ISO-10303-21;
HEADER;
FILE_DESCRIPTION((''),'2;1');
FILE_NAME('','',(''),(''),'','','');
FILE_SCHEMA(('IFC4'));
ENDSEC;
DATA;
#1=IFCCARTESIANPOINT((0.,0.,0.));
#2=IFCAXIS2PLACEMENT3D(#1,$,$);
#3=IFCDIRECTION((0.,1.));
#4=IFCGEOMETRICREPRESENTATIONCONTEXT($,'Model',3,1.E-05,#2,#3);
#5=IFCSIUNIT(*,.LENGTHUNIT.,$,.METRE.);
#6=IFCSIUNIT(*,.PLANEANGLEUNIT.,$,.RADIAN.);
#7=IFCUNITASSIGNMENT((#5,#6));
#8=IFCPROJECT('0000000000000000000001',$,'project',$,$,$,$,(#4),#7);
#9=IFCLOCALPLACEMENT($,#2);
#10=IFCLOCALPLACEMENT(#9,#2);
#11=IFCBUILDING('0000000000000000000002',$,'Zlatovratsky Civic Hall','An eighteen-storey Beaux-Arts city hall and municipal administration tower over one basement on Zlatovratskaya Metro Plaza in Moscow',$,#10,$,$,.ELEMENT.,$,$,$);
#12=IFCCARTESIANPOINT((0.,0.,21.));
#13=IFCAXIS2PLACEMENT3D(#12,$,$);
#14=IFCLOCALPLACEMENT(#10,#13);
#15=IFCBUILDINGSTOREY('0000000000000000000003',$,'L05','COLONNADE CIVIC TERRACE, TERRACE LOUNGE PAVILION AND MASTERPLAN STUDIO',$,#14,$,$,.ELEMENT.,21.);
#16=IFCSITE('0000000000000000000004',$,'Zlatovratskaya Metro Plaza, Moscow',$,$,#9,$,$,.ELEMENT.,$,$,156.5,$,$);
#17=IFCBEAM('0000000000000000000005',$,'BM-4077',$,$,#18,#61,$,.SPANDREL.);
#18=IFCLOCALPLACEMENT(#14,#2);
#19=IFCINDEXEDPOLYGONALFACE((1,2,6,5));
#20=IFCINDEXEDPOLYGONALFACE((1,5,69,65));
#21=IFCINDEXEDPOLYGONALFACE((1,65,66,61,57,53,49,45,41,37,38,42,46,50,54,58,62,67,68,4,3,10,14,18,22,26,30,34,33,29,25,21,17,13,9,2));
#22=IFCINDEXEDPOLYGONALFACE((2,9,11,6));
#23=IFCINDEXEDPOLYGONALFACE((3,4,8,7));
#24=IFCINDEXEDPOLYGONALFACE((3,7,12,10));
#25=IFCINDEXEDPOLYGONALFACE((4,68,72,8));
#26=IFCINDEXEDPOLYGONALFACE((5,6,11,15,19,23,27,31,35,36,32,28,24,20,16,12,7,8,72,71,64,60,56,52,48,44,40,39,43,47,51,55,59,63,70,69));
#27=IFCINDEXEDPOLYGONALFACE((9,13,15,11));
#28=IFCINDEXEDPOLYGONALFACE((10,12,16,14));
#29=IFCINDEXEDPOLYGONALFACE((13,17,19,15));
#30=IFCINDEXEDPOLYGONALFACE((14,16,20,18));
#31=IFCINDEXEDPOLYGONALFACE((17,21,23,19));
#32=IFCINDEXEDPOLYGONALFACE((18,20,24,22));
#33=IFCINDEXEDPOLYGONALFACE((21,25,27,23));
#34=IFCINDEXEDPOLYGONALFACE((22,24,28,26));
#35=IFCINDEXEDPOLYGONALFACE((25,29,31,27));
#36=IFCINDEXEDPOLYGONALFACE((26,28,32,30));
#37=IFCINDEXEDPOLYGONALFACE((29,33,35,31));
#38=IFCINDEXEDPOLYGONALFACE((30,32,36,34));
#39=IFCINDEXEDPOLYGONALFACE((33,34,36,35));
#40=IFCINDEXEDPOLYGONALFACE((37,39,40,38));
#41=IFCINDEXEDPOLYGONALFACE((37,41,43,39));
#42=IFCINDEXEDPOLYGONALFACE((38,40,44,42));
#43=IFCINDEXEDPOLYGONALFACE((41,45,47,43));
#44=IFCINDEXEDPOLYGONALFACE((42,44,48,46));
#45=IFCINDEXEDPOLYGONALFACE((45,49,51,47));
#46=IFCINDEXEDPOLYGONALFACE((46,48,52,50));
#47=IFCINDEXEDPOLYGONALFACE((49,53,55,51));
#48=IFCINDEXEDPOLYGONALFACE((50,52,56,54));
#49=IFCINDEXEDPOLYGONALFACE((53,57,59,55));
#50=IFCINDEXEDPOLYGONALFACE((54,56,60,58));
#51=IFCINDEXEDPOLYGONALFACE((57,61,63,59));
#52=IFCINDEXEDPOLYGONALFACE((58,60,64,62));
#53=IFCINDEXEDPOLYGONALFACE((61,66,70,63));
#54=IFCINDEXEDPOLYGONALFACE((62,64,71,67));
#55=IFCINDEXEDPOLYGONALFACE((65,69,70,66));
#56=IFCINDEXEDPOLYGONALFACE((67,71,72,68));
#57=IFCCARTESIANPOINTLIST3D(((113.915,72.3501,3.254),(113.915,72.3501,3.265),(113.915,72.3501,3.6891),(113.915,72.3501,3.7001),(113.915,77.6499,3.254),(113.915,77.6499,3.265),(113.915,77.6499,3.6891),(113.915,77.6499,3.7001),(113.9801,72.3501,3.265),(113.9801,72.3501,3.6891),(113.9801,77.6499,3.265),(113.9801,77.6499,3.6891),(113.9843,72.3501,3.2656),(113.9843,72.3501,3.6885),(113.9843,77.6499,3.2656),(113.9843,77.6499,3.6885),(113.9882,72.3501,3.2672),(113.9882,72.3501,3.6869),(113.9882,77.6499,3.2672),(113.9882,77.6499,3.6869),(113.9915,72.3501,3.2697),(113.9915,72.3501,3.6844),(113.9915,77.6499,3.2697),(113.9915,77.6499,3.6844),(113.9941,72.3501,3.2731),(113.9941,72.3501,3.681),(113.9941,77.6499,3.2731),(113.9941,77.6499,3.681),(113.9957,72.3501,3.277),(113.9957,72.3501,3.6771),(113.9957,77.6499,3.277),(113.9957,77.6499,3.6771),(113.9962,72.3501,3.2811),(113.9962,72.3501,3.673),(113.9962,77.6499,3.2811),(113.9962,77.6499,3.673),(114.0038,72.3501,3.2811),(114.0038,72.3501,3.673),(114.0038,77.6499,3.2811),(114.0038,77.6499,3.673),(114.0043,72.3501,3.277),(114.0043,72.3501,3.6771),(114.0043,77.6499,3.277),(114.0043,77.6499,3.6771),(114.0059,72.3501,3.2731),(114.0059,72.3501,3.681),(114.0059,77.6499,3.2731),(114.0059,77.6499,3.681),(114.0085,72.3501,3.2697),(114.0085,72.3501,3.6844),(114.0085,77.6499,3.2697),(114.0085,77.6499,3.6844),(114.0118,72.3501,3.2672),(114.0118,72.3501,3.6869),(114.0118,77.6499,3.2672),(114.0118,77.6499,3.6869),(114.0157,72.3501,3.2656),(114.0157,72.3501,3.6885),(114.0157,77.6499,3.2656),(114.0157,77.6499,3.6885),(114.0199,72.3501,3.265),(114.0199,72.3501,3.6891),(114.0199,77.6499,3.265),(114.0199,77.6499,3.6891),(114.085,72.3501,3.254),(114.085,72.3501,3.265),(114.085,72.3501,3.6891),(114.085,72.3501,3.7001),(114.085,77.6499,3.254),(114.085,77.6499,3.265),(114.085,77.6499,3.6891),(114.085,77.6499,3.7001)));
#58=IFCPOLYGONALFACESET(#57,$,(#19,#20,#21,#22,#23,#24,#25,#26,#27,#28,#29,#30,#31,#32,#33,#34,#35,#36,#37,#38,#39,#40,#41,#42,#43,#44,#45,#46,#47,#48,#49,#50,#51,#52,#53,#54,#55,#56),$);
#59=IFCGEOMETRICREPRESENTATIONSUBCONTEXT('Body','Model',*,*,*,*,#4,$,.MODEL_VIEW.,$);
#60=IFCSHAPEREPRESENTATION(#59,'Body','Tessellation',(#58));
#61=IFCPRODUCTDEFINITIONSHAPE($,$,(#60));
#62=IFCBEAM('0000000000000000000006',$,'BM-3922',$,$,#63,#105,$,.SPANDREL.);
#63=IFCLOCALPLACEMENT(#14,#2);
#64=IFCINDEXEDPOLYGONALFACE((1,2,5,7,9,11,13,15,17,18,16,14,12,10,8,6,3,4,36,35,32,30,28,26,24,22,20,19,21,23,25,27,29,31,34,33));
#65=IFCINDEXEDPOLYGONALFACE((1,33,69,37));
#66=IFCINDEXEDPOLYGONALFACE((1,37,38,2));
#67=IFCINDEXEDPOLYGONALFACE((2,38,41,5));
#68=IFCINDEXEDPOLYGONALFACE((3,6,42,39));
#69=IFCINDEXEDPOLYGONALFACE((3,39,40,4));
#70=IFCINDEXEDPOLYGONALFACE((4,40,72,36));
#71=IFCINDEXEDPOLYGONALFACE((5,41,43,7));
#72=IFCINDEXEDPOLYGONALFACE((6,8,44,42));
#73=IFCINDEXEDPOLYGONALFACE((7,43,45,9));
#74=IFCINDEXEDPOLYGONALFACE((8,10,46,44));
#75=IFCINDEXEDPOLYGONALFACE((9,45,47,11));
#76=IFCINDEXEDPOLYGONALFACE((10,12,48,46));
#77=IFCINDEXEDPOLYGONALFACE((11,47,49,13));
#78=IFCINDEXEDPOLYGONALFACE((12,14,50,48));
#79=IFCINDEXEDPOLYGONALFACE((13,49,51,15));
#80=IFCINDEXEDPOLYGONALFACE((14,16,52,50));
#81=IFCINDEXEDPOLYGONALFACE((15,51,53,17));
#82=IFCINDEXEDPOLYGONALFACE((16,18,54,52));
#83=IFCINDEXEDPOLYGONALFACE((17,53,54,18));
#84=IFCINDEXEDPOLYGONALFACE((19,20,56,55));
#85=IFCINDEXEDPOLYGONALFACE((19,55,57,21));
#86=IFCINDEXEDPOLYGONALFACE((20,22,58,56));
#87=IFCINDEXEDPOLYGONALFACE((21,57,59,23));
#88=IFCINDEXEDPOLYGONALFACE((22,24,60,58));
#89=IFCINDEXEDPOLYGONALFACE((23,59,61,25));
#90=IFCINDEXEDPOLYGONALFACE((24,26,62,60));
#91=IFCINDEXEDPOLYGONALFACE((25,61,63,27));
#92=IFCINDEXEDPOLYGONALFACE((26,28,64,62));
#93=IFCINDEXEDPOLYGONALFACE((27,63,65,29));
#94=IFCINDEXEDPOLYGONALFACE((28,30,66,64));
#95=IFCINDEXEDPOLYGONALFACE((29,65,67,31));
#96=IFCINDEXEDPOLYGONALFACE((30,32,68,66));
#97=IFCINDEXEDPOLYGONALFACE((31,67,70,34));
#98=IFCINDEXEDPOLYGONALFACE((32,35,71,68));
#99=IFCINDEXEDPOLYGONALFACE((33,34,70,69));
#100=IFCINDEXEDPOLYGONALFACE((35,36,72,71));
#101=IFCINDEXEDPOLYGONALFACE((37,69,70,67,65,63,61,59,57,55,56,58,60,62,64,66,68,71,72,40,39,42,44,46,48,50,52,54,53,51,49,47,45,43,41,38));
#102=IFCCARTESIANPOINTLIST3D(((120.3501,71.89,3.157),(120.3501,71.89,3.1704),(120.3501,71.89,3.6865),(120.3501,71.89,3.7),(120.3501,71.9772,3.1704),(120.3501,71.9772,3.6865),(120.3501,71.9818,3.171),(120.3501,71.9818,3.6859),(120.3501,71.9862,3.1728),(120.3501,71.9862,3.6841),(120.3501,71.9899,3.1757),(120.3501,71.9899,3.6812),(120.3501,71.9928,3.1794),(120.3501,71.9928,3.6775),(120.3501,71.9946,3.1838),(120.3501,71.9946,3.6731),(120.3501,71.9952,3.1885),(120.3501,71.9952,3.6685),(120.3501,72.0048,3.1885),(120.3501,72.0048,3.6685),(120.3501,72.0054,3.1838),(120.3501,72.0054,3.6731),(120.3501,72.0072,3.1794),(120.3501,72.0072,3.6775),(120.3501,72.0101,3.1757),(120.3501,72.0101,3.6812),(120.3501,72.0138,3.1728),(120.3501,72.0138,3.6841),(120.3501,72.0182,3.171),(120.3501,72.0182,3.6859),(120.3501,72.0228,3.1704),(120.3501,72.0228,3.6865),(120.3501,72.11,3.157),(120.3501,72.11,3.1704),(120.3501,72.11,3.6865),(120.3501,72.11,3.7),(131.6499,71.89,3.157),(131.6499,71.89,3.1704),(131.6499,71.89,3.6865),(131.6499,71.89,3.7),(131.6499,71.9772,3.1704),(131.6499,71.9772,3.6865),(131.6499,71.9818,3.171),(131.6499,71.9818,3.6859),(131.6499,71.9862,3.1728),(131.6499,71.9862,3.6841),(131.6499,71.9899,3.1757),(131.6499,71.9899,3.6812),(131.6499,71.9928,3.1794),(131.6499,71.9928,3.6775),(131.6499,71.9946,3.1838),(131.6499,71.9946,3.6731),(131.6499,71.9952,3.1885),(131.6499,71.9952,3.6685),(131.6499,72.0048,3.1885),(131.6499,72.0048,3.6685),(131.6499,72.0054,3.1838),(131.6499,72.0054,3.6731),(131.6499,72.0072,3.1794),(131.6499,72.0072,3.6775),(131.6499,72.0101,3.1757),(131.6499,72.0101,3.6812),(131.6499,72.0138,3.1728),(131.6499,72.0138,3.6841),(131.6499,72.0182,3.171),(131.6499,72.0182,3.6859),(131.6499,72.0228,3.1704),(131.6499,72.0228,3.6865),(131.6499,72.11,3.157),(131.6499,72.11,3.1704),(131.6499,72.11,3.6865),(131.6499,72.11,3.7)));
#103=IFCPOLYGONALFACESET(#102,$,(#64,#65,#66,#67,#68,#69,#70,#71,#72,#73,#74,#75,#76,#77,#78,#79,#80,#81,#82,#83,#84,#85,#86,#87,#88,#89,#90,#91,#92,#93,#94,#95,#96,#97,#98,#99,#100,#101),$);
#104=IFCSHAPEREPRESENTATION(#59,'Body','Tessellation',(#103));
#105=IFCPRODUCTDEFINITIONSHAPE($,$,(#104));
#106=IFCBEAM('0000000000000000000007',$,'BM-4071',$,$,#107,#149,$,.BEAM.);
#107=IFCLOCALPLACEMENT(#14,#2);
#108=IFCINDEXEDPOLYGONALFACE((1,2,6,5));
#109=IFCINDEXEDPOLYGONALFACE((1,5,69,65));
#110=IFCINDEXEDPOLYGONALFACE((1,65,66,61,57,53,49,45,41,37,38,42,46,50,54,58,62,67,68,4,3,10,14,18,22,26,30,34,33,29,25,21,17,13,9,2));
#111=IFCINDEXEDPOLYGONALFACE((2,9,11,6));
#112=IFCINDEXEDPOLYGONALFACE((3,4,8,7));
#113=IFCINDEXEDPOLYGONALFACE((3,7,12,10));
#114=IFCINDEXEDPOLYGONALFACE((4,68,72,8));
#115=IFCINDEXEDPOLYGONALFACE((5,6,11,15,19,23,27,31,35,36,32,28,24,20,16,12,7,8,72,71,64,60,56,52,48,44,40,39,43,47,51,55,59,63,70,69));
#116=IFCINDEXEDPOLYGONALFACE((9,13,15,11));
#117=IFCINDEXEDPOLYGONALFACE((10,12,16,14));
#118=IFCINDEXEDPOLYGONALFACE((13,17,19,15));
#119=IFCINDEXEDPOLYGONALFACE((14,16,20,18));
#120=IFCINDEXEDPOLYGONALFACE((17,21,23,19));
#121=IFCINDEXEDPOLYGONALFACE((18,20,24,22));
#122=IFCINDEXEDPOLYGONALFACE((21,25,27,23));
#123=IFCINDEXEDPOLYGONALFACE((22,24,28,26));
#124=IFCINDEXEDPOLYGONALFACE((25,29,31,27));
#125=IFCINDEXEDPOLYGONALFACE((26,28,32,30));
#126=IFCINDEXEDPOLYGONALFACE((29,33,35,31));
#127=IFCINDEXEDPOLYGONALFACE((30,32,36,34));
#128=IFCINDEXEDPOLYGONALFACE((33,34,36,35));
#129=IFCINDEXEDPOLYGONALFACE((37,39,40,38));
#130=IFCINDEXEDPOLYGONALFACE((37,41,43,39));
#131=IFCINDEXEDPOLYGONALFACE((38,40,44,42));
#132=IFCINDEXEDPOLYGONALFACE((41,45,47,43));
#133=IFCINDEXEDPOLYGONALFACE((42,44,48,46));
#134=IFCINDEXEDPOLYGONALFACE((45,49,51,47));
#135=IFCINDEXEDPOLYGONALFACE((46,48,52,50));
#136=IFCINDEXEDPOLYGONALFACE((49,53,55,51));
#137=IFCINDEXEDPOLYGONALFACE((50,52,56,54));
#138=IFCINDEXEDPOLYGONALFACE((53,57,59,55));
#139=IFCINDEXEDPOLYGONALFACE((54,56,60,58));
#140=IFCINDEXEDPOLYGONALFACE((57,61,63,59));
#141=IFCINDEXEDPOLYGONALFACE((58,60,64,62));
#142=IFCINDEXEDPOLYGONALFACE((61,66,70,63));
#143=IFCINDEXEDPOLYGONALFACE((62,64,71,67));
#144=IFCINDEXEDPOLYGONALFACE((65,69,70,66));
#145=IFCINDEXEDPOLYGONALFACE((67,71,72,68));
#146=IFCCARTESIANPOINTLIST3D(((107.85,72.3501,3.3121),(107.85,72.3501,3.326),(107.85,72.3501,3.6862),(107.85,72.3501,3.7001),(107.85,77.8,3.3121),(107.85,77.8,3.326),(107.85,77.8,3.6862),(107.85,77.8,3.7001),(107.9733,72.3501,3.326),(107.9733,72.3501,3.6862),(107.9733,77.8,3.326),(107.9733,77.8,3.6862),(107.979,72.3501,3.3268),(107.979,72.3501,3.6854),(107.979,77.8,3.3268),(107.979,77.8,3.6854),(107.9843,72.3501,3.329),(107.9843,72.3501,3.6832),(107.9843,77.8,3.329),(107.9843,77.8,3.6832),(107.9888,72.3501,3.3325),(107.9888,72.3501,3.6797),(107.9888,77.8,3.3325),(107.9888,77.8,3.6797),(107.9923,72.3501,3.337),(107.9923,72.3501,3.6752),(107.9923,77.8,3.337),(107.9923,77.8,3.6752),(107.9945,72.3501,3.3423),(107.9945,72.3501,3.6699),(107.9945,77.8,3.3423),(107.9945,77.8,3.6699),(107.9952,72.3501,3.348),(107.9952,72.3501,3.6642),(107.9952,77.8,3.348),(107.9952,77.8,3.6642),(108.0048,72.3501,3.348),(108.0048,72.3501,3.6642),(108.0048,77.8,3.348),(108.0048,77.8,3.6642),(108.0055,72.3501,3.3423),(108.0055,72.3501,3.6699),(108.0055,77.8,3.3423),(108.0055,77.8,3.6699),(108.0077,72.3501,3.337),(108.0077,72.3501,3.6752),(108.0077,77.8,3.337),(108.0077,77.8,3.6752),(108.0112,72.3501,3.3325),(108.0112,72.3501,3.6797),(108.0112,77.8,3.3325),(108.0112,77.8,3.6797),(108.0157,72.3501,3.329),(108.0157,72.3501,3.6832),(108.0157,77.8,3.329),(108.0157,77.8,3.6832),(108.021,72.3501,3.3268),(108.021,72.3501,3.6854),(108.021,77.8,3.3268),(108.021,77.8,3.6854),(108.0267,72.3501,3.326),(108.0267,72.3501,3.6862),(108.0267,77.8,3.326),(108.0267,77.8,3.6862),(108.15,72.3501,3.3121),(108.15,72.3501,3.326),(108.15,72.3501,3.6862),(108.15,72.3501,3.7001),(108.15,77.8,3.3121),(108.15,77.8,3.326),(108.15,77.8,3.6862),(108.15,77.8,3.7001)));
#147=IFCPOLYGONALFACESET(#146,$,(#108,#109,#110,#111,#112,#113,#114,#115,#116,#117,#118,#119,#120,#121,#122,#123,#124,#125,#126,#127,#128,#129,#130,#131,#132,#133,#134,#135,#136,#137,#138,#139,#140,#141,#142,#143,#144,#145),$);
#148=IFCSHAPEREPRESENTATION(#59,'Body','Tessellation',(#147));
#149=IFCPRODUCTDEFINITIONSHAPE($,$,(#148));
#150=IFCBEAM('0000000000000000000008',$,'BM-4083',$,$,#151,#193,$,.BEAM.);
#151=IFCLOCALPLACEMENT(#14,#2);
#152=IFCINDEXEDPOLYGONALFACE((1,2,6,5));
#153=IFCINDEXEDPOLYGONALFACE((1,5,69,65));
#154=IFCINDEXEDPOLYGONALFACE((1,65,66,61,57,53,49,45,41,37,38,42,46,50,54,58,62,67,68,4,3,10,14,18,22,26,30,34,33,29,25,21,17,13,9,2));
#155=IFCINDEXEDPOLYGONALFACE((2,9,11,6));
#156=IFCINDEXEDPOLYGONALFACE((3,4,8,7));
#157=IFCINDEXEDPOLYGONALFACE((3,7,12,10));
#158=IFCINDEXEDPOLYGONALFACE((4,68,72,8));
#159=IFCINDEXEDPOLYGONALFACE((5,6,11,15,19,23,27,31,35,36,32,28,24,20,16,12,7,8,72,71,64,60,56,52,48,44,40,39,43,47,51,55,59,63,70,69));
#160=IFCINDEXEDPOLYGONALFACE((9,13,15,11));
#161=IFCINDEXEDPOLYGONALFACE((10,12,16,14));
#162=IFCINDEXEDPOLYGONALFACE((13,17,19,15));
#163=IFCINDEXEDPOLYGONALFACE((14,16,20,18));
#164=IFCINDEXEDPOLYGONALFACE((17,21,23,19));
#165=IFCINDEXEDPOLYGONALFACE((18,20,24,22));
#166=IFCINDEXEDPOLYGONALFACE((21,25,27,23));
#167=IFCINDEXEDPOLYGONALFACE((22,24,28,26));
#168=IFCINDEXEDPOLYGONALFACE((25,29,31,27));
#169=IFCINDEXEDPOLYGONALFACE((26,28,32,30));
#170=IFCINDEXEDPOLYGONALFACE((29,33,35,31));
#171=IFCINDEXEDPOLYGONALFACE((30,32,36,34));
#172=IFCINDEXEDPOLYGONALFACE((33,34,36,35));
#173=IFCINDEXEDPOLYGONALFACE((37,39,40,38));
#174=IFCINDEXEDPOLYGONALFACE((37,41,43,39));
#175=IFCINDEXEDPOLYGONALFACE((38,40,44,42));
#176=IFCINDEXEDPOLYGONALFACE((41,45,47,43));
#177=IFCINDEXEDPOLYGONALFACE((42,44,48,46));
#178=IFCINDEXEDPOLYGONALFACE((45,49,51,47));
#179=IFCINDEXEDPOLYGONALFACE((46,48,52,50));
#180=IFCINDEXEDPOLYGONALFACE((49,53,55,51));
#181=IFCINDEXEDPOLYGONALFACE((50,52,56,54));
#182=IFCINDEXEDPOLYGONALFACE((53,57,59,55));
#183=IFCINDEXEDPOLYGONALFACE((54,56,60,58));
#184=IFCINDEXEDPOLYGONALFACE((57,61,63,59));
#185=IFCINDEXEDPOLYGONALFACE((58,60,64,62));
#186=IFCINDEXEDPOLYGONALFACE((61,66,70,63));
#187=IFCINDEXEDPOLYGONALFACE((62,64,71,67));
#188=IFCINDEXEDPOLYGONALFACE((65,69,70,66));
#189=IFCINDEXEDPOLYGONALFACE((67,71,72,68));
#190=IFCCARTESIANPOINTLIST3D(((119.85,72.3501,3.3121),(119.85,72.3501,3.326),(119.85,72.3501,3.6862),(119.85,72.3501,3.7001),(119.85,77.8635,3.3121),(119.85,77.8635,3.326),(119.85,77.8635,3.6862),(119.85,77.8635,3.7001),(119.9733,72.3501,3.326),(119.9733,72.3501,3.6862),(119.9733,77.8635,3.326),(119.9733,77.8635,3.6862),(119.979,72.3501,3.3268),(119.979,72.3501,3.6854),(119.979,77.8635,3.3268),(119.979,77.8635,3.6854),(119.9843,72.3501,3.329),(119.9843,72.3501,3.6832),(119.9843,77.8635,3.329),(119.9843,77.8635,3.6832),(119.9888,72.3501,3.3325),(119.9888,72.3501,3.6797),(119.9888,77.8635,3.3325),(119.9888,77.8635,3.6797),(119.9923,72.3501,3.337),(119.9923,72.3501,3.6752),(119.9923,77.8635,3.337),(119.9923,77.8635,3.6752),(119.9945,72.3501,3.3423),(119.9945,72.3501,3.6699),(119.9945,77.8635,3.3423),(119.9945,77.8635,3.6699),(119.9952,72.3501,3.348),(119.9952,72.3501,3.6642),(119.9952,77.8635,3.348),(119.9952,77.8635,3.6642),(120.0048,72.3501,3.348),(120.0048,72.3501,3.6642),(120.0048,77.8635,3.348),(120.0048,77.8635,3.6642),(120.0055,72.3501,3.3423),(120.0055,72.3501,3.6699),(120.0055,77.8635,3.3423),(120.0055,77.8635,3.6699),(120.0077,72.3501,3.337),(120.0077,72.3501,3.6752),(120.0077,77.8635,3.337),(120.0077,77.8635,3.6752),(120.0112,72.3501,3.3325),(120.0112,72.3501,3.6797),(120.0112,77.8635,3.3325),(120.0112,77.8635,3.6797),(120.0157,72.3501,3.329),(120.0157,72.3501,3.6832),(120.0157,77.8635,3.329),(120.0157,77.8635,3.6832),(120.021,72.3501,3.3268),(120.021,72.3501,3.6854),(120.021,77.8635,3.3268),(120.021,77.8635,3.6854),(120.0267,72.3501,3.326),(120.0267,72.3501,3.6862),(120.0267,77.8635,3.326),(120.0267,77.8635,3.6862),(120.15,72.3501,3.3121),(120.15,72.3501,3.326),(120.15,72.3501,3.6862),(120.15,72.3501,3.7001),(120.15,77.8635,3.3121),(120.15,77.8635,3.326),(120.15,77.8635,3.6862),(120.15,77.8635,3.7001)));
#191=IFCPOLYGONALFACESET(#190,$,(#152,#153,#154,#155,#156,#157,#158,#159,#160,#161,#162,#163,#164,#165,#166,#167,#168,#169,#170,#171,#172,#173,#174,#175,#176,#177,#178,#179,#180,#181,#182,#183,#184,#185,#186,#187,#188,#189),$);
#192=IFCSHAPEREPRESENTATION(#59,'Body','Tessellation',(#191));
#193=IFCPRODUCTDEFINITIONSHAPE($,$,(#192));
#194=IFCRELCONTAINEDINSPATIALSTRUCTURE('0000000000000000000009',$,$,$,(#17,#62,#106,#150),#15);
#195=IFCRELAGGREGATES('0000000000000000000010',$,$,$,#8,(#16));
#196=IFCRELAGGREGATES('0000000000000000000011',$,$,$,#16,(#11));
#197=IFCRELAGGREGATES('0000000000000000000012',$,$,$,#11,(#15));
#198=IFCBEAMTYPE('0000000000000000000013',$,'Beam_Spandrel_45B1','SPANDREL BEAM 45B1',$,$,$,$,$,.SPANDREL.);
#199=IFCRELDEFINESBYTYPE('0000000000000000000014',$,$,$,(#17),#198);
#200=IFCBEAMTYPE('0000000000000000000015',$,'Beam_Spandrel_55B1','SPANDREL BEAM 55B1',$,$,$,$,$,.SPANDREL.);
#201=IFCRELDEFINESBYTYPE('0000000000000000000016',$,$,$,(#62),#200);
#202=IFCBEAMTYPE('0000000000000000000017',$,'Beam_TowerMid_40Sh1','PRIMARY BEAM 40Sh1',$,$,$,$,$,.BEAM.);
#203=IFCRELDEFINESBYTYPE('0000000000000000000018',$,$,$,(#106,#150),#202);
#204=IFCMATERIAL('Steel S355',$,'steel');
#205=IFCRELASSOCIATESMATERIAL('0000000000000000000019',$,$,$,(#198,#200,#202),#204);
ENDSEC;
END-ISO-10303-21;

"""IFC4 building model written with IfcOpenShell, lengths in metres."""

from ifc_helpers import new_model, si_unit, direction, frame, origin, origin_2d, place, context, subcontext, project, spatial, i_section, extrude, material, material_profile, profile_set, type_object, element, save


model = new_model("IFC4")

# Units and contexts
model_context = context("Model", 3, precision=1e-05, world=origin(), true_north=direction((0.0, 1.0)))
body_context = subcontext(model_context, "Body", "Model", "MODEL_VIEW")
ifc_project = project(units=[si_unit("LENGTHUNIT", "METRE"), si_unit("PLANEANGLEUNIT", "RADIAN")], contexts=[model_context])

# Site, building, storey
site_placement = place(None, origin())
site = spatial("IfcSite", under=ifc_project, at=site_placement, Name="Zlatovratskaya Metro Plaza, Moscow", CompositionType="ELEMENT", RefElevation=156.5)
building_placement = place(site_placement, origin())
building = spatial("IfcBuilding", under=site, at=building_placement, Name="Zlatovratsky Civic Hall", Description="An eighteen-storey Beaux-Arts city hall and municipal administration tower over one basement on Zlatovratskaya Metro Plaza in Moscow", CompositionType="ELEMENT")
storey_placement = place(building_placement, frame((0.0, 0.0, 21.0)))
storey = spatial("IfcBuildingStorey", under=building, at=storey_placement, Name="L05", Description="COLONNADE CIVIC TERRACE, TERRACE LOUNGE PAVILION AND MASTERPLAN STUDIO", CompositionType="ELEMENT", Elevation=21.0)

# Beams
ifc_material_1 = material(Name="Steel S355", Category="steel")
ifc_material_profile_1 = material_profile(ifc_material_1, i_section(OverallWidth=0.1699, OverallDepth=0.446, WebThickness=0.0076, FlangeThickness=0.011, FilletRadius=0.0161, at=origin_2d()), Name="45B1")
ifc_profile_set_1 = profile_set([ifc_material_profile_1], Name="Steel S355")
beam_type_1 = type_object("IfcBeamType", Name="Beam_Spandrel_45B1", Description="SPANDREL BEAM 45B1", PredefinedType="SPANDREL", material=ifc_profile_set_1)
for number, where, z_axis, x_axis, name in (
    (1, (114.0, 72.3501, 3.4771), (0.0, 1.0, 0.0), (-1.0, 0.0, 0.0), "BM-4077"),
):
    element("IfcBeam", number, at=place(storey_placement, frame(where, z_axis=z_axis, x_axis=x_axis)), inside=storey, type_object=beam_type_1, Name=name, PredefinedType="SPANDREL", context=body_context, shape_type="SweptSolid", body=[
        extrude(i_section(OverallWidth=0.1699, OverallDepth=0.446, WebThickness=0.0076, FlangeThickness=0.011, FilletRadius=0.0161, at=origin_2d()), origin(), (0.0, 0.0, 1.0), 5.2998),
    ])
ifc_material_profile_2 = material_profile(ifc_material_1, i_section(OverallWidth=0.22, OverallDepth=0.543, WebThickness=0.0095, FlangeThickness=0.0134, FilletRadius=0.0181, at=origin_2d()), Name="55B1")
ifc_profile_set_2 = profile_set([ifc_material_profile_2], Name="Steel S355")
beam_type_2 = type_object("IfcBeamType", Name="Beam_Spandrel_55B1", Description="SPANDREL BEAM 55B1", PredefinedType="SPANDREL", material=ifc_profile_set_2)
beam_1_placement = place(storey_placement, frame((120.3501, 72.0, 3.4285), z_axis=(1.0, 0.0, 0.0), x_axis=(0.0, 1.0, 0.0)))
element("IfcBeam", 2, at=beam_1_placement, inside=storey, type_object=beam_type_2, Name="BM-3922", PredefinedType="SPANDREL", context=body_context, shape_type="SweptSolid", body=[
    extrude(i_section(OverallWidth=0.22, OverallDepth=0.543, WebThickness=0.0095, FlangeThickness=0.0134, FilletRadius=0.0181, at=origin_2d()), origin(), (0.0, 0.0, 1.0), 11.2998),
])
ifc_material_profile_3 = material_profile(ifc_material_1, i_section(OverallWidth=0.3, OverallDepth=0.3879, WebThickness=0.0095, FlangeThickness=0.0139, FilletRadius=0.022, at=origin_2d()), Name="40Sh1")
ifc_profile_set_3 = profile_set([ifc_material_profile_3], Name="Steel S355")
beam_type_3 = type_object("IfcBeamType", Name="Beam_TowerMid_40Sh1", Description="PRIMARY BEAM 40Sh1", PredefinedType="BEAM", material=ifc_profile_set_3)
beam_2_placement = place(storey_placement, frame((108.0, 72.3501, 3.5061), z_axis=(0.0, 1.0, 0.0), x_axis=(-1.0, 0.0, 0.0)))
element("IfcBeam", 3, at=beam_2_placement, inside=storey, type_object=beam_type_3, Name="BM-4071", PredefinedType="BEAM", context=body_context, shape_type="SweptSolid", body=[
    extrude(i_section(OverallWidth=0.3, OverallDepth=0.3879, WebThickness=0.0095, FlangeThickness=0.0139, FilletRadius=0.022, at=origin_2d()), origin(), (0.0, 0.0, 1.0), 5.45),
])
for number, where, z_axis, x_axis, name in (
    (4, (120.0, 72.3501, 3.5061), (0.0, 1.0, 0.0), (-1.0, 0.0, 0.0), "BM-4083"),
):
    element("IfcBeam", number, at=place(storey_placement, frame(where, z_axis=z_axis, x_axis=x_axis)), inside=storey, type_object=beam_type_3, Name=name, PredefinedType="BEAM", context=body_context, shape_type="SweptSolid", body=[
        extrude(i_section(OverallWidth=0.3, OverallDepth=0.3879, WebThickness=0.0095, FlangeThickness=0.0139, FilletRadius=0.022, at=origin_2d()), origin(), (0.0, 0.0, 1.0), 5.5134),
    ])

save(model, "model.ifc")
